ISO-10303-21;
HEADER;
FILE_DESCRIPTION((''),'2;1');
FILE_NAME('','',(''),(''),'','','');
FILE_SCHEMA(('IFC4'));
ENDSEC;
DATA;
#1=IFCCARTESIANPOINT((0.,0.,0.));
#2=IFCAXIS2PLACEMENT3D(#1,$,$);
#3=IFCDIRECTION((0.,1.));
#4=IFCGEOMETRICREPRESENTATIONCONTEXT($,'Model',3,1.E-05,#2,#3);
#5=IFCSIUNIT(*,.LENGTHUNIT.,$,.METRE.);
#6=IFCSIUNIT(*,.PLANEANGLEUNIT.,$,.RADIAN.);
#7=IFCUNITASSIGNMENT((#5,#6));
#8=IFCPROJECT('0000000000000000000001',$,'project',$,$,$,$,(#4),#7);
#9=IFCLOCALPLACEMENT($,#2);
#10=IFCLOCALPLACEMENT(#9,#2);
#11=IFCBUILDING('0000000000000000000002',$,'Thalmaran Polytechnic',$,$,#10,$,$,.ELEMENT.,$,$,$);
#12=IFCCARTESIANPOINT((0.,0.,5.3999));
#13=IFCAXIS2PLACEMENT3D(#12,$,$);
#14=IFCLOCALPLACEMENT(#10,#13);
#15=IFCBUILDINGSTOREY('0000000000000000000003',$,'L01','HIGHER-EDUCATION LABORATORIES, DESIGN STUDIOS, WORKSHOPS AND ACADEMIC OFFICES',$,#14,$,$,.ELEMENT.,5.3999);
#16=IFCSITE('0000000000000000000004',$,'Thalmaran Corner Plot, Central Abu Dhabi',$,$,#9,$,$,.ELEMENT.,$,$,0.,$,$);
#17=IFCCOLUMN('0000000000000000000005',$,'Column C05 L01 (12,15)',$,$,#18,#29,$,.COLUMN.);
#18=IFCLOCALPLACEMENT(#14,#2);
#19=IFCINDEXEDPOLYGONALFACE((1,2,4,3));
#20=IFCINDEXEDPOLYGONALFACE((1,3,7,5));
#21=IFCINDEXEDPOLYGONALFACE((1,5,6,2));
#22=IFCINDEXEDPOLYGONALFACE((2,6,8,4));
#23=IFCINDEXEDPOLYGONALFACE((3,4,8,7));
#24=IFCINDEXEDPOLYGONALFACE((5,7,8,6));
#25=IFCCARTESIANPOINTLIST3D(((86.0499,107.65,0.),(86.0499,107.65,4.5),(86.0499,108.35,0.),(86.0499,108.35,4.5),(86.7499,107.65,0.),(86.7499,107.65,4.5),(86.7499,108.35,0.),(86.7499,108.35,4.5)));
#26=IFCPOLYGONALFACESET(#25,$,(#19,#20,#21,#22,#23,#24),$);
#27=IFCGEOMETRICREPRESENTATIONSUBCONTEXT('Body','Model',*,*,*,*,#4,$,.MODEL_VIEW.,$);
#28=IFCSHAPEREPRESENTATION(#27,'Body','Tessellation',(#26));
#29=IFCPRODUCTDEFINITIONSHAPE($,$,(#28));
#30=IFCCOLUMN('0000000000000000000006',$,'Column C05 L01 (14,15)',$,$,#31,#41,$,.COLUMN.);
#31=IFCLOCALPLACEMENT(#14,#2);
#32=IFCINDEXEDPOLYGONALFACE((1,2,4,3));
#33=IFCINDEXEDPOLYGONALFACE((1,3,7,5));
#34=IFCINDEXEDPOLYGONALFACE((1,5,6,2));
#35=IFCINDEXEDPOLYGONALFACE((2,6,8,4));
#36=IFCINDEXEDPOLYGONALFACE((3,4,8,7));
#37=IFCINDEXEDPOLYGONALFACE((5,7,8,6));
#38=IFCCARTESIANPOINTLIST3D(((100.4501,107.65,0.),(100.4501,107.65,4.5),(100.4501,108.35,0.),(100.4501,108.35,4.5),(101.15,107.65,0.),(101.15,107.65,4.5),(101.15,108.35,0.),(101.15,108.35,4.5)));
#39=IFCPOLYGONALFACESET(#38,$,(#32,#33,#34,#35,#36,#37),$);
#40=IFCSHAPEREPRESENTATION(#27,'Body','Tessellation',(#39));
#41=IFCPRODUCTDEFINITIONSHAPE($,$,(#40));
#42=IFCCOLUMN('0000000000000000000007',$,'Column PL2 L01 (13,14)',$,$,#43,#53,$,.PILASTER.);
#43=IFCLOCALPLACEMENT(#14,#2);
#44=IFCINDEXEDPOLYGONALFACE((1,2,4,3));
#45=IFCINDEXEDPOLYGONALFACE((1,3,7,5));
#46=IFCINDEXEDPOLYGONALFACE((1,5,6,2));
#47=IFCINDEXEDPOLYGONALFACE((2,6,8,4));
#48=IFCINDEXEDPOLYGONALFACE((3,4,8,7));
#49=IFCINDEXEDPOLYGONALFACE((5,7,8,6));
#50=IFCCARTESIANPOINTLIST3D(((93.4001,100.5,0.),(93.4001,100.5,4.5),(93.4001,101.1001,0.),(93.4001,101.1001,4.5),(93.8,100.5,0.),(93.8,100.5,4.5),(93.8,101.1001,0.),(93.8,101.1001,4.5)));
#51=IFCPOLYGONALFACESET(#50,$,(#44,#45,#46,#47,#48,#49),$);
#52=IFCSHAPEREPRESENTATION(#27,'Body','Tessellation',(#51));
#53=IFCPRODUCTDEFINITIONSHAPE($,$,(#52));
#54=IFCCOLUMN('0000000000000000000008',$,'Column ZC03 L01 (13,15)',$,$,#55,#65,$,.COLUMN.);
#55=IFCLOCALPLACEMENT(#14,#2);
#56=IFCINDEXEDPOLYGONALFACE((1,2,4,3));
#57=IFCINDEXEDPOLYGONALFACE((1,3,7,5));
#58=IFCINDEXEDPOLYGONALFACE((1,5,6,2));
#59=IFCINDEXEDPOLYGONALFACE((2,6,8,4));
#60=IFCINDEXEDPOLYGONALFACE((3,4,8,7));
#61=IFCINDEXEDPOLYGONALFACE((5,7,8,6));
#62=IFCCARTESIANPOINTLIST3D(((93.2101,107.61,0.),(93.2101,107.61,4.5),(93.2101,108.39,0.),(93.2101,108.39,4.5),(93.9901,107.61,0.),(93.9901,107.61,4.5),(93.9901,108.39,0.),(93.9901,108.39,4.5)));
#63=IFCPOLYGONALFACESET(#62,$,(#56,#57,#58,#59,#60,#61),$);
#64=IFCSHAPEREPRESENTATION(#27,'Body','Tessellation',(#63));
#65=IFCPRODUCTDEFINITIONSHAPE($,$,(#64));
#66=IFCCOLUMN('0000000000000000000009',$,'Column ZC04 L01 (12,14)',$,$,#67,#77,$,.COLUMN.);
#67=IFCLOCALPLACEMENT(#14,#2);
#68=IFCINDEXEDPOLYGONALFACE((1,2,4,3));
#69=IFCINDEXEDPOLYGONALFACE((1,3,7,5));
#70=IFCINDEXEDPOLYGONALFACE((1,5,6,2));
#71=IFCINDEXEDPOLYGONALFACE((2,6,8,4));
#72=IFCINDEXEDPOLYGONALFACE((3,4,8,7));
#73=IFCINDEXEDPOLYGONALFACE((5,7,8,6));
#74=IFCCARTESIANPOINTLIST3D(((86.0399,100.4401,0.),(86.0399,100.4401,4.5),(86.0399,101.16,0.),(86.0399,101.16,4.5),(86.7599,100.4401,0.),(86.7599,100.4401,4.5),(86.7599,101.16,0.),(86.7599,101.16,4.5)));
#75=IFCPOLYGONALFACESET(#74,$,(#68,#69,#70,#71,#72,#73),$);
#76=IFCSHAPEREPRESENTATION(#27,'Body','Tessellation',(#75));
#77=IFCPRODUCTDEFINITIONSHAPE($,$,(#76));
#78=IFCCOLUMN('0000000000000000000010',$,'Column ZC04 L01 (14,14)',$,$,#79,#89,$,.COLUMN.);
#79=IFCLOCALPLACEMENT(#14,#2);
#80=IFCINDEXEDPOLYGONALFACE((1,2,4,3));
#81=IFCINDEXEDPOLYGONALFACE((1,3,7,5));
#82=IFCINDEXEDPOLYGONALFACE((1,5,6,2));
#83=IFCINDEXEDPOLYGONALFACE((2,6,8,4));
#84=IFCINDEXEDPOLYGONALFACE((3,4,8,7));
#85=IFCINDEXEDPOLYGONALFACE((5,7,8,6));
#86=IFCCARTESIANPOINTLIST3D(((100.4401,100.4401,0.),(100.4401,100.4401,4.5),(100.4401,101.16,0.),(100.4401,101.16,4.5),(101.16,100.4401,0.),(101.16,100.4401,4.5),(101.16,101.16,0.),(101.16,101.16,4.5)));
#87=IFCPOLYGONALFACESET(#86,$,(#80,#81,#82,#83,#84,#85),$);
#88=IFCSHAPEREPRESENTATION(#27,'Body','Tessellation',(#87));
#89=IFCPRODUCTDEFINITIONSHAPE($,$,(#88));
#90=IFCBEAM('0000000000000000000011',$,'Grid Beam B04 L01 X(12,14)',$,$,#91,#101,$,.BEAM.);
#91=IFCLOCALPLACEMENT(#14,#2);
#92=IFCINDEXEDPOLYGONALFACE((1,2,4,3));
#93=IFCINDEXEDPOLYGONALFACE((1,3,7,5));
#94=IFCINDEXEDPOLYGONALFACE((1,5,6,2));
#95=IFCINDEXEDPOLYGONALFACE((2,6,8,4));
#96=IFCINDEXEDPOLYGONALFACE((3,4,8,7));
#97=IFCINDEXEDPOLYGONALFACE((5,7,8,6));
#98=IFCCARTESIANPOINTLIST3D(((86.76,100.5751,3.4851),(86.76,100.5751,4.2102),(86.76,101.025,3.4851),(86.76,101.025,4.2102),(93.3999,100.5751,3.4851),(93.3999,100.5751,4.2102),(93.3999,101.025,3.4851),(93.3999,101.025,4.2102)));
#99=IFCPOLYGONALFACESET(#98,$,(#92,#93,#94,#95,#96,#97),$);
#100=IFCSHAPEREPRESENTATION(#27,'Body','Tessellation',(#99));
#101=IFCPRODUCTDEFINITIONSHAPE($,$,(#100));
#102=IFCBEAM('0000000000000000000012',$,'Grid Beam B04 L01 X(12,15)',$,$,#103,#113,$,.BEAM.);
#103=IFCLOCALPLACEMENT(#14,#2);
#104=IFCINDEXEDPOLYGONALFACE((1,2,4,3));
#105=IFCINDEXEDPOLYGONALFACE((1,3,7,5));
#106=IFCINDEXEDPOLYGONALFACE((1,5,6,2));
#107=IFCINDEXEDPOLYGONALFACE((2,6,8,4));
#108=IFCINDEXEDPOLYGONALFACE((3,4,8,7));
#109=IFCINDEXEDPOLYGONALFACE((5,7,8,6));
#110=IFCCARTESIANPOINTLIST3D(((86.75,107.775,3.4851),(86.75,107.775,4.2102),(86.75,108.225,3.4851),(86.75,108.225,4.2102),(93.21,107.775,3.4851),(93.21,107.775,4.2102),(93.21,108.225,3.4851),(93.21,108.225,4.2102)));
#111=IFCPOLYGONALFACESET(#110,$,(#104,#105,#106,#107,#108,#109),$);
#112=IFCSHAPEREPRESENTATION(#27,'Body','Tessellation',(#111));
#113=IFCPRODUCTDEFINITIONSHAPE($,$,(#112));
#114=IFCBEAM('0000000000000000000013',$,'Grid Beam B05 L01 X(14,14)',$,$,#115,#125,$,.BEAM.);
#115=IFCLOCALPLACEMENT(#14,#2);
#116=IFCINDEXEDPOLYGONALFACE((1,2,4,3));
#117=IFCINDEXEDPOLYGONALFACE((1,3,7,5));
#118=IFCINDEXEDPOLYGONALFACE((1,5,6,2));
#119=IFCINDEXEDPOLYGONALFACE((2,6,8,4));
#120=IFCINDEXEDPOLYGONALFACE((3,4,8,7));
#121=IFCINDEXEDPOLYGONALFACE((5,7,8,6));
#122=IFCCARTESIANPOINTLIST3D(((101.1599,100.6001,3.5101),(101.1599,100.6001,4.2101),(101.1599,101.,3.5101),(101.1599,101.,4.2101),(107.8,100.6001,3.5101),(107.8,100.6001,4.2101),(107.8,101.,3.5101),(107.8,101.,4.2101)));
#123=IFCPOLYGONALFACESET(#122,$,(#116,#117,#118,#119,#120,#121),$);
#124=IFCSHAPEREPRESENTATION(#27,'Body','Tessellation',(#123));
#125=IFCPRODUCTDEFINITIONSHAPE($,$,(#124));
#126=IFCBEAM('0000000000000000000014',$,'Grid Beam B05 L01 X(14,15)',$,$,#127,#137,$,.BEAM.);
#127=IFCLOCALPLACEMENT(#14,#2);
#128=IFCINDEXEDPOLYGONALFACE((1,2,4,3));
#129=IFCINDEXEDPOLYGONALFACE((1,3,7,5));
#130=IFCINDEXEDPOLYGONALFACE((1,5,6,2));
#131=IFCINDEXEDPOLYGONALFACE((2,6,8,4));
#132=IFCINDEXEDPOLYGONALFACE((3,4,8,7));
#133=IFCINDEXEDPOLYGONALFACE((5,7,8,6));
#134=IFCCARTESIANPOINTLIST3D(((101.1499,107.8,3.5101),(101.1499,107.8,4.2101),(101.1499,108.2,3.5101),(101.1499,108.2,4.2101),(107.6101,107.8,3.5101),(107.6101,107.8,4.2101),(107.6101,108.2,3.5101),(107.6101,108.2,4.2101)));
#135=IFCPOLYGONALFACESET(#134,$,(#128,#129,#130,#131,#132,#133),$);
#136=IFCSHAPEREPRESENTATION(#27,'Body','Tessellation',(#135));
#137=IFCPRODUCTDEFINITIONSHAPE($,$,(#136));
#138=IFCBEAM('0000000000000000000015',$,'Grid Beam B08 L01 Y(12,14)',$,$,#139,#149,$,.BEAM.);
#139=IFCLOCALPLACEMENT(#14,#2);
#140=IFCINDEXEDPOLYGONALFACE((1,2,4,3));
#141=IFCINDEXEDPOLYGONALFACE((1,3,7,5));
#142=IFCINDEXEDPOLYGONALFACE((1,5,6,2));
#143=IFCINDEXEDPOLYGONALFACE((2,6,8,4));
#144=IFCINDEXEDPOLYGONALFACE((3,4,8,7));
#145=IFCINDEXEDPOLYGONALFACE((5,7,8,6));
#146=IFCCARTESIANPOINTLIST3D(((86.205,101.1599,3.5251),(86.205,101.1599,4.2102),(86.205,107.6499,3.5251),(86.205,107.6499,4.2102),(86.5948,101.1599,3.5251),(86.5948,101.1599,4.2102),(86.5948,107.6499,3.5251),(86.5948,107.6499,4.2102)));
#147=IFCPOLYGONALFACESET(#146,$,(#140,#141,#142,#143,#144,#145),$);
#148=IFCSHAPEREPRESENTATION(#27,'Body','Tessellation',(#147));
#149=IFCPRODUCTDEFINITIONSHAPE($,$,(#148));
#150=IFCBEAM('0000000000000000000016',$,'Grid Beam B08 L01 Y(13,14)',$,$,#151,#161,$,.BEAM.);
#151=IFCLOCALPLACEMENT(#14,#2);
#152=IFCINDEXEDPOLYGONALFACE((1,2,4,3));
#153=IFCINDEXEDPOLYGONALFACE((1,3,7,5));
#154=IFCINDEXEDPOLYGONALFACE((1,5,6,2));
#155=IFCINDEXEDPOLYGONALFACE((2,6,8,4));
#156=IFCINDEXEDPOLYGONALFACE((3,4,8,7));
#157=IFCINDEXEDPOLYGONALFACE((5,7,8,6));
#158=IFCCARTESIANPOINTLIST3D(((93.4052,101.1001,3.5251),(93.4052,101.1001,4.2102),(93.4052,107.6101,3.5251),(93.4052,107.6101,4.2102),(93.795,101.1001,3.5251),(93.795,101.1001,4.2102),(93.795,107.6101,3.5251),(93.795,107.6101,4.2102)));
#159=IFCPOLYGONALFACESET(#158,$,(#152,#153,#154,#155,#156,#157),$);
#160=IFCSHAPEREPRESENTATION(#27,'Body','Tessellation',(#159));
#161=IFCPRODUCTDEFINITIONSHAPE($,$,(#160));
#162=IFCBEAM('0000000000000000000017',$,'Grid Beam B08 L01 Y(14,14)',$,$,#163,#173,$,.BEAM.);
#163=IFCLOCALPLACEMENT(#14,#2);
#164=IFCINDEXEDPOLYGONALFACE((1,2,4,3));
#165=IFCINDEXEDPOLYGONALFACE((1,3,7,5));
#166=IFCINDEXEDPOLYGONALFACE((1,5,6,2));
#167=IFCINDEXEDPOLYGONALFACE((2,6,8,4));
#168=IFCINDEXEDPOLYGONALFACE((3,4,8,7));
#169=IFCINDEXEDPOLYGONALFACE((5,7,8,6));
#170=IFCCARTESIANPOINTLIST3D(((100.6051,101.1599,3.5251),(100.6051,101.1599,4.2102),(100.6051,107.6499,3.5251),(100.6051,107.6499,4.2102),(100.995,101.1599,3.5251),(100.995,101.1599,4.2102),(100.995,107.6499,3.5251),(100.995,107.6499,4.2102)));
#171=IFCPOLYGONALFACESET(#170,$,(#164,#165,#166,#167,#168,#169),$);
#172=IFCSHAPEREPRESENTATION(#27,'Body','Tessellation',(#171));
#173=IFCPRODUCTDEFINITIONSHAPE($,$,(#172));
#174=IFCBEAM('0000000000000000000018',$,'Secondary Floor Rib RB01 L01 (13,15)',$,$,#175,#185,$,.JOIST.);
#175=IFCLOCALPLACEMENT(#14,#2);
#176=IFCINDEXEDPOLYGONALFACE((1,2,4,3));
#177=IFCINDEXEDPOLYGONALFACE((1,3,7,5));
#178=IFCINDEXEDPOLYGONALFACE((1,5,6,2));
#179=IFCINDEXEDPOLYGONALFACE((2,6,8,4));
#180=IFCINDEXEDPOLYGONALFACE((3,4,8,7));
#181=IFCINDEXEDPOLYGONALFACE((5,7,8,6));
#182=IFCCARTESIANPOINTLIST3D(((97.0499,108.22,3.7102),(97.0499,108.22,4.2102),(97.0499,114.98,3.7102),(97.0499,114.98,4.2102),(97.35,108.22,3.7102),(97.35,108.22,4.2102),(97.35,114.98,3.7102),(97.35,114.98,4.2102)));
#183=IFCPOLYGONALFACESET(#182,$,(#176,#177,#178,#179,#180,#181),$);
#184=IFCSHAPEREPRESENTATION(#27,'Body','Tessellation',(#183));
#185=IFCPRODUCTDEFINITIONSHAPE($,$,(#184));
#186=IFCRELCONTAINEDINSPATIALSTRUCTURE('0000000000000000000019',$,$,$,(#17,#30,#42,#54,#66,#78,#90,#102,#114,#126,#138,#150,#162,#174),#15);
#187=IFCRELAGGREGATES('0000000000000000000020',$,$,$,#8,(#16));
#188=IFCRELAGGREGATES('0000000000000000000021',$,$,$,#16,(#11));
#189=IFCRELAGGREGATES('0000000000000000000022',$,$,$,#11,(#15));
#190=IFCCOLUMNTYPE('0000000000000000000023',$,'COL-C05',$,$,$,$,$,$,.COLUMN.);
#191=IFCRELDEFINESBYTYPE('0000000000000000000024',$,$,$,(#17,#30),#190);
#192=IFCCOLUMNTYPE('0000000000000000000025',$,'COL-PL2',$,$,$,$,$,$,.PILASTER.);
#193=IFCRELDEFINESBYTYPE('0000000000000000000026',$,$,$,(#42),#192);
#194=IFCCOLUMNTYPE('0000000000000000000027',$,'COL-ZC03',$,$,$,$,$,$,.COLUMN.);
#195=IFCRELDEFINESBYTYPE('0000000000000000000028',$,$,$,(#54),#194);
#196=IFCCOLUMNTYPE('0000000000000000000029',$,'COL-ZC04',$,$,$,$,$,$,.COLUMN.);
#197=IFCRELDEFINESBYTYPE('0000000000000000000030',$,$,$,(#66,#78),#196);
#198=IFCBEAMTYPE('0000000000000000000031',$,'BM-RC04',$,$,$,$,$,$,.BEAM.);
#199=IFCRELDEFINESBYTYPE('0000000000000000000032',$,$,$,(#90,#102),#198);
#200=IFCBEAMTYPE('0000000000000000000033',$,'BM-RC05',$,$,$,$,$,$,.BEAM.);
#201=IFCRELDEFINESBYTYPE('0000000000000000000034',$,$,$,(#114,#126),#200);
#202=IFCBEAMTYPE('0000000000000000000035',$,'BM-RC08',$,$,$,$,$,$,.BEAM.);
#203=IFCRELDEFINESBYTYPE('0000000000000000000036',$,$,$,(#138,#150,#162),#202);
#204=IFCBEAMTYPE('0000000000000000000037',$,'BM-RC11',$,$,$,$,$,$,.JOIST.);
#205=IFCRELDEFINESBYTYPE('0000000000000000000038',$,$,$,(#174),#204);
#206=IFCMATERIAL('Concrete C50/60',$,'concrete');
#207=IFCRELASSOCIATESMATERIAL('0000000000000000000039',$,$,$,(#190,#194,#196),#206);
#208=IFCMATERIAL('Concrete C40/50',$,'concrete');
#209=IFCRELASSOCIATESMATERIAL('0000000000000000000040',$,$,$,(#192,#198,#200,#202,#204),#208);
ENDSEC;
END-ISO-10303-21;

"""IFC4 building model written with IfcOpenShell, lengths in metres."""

from ifc_helpers import new_model, si_unit, direction, frame, origin, origin_2d, place, context, subcontext, project, spatial, rectangle, extrude, material, material_profile, profile_set, type_object, element, save


model = new_model("IFC4")

# Units and contexts
model_context = context("Model", 3, precision=1e-05, world=origin(), true_north=direction((0.0, 1.0)))
body_context = subcontext(model_context, "Body", "Model", "MODEL_VIEW")
ifc_project = project(units=[si_unit("LENGTHUNIT", "METRE"), si_unit("PLANEANGLEUNIT", "RADIAN")], contexts=[model_context])

# Site, building, storey
site_placement = place(None, origin())
site = spatial("IfcSite", under=ifc_project, at=site_placement, Name="Thalmaran Corner Plot, Central Abu Dhabi", CompositionType="ELEMENT", RefElevation=0.0)
building_placement = place(site_placement, origin())
building = spatial("IfcBuilding", under=site, at=building_placement, Name="Thalmaran Polytechnic", CompositionType="ELEMENT")
storey_placement = place(building_placement, frame((0.0, 0.0, 5.3999)))
storey = spatial("IfcBuildingStorey", under=building, at=storey_placement, Name="L01", Description="HIGHER-EDUCATION LABORATORIES, DESIGN STUDIOS, WORKSHOPS AND ACADEMIC OFFICES", CompositionType="ELEMENT", Elevation=5.3999)

# Columns
ifc_material_1 = material(Name="Concrete C50/60", Category="concrete")
ifc_material_profile_1 = material_profile(ifc_material_1, rectangle(XDim=0.7, YDim=0.7, at=origin_2d()), Name="RC 700x700")
ifc_profile_set_1 = profile_set([ifc_material_profile_1], Name="Concrete C50/60")
column_type_1 = type_object("IfcColumnType", Name="COL-C05", PredefinedType="COLUMN", material=ifc_profile_set_1)
for number, where, z_axis, x_axis, name in (
    (1, (86.3999, 108.0, 0.0), (0.0, 0.0, 1.0), (1.0, 0.0, 0.0), "Column C05 L01 (12,15)"),
    (2, (100.8, 108.0, 0.0), (0.0, 0.0, 1.0), (1.0, 0.0, 0.0), "Column C05 L01 (14,15)"),
):
    element("IfcColumn", number, at=place(storey_placement, frame(where, z_axis=z_axis, x_axis=x_axis)), inside=storey, type_object=column_type_1, Name=name, PredefinedType="COLUMN", context=body_context, shape_type="SweptSolid", body=[
        extrude(rectangle(XDim=0.7, YDim=0.7, at=origin_2d()), origin(), (0.0, 0.0, 1.0), 4.5),
    ])
ifc_material_2 = material(Name="Concrete C40/50", Category="concrete")
ifc_material_profile_2 = material_profile(ifc_material_2, rectangle(XDim=0.3999, YDim=0.6001, at=origin_2d()), Name="RC 400x600")
ifc_profile_set_2 = profile_set([ifc_material_profile_2], Name="Concrete C40/50")
column_type_2 = type_object("IfcColumnType", Name="COL-PL2", PredefinedType="PILASTER", material=ifc_profile_set_2)
column_1_placement = place(storey_placement, frame((93.6001, 100.8, 0.0), z_axis=(0.0, 0.0, 1.0), x_axis=(1.0, 0.0, 0.0)))
element("IfcColumn", 3, at=column_1_placement, inside=storey, type_object=column_type_2, Name="Column PL2 L01 (13,14)", PredefinedType="PILASTER", context=body_context, shape_type="SweptSolid", body=[
    extrude(rectangle(XDim=0.3999, YDim=0.6001, at=origin_2d()), origin(), (0.0, 0.0, 1.0), 4.5),
])
ifc_material_profile_3 = material_profile(ifc_material_1, rectangle(XDim=0.78, YDim=0.78, at=origin_2d()), Name="RC 780x780")
ifc_profile_set_3 = profile_set([ifc_material_profile_3], Name="Concrete C50/60")
column_type_3 = type_object("IfcColumnType", Name="COL-ZC03", PredefinedType="COLUMN", material=ifc_profile_set_3)
column_2_placement = place(storey_placement, frame((93.6001, 108.0, 0.0), z_axis=(0.0, 0.0, 1.0), x_axis=(1.0, 0.0, 0.0)))
element("IfcColumn", 4, at=column_2_placement, inside=storey, type_object=column_type_3, Name="Column ZC03 L01 (13,15)", PredefinedType="COLUMN", context=body_context, shape_type="SweptSolid", body=[
    extrude(rectangle(XDim=0.78, YDim=0.78, at=origin_2d()), origin(), (0.0, 0.0, 1.0), 4.5),
])
ifc_material_profile_4 = material_profile(ifc_material_1, rectangle(XDim=0.72, YDim=0.72, at=origin_2d()), Name="RC 720x720")
ifc_profile_set_4 = profile_set([ifc_material_profile_4], Name="Concrete C50/60")
column_type_4 = type_object("IfcColumnType", Name="COL-ZC04", PredefinedType="COLUMN", material=ifc_profile_set_4)
for number, where, z_axis, x_axis, name in (
    (5, (86.3999, 100.8, 0.0), (0.0, 0.0, 1.0), (1.0, 0.0, 0.0), "Column ZC04 L01 (12,14)"),
    (6, (100.8, 100.8, 0.0), (0.0, 0.0, 1.0), (1.0, 0.0, 0.0), "Column ZC04 L01 (14,14)"),
):
    element("IfcColumn", number, at=place(storey_placement, frame(where, z_axis=z_axis, x_axis=x_axis)), inside=storey, type_object=column_type_4, Name=name, PredefinedType="COLUMN", context=body_context, shape_type="SweptSolid", body=[
        extrude(rectangle(XDim=0.72, YDim=0.72, at=origin_2d()), origin(), (0.0, 0.0, 1.0), 4.5),
    ])

# Beams
ifc_material_profile_5 = material_profile(ifc_material_2, rectangle(XDim=0.45, YDim=0.7251, at=origin_2d()), Name="RC 450x725")
ifc_profile_set_5 = profile_set([ifc_material_profile_5], Name="Concrete C40/50")
beam_type_1 = type_object("IfcBeamType", Name="BM-RC04", PredefinedType="BEAM", material=ifc_profile_set_5)
beam_1_placement = place(storey_placement, frame((86.76, 100.8, 3.8477), z_axis=(1.0, 0.0, 0.0), x_axis=(0.0, 1.0, 0.0)))
element("IfcBeam", 7, at=beam_1_placement, inside=storey, type_object=beam_type_1, Name="Grid Beam B04 L01 X(12,14)", PredefinedType="BEAM", context=body_context, shape_type="SweptSolid", body=[
    extrude(rectangle(XDim=0.45, YDim=0.7251, at=origin_2d()), origin(), (0.0, 0.0, 1.0), 6.6399),
])
beam_2_placement = place(storey_placement, frame((86.75, 108.0, 3.8477), z_axis=(1.0, 0.0, 0.0), x_axis=(0.0, 1.0, 0.0)))
element("IfcBeam", 8, at=beam_2_placement, inside=storey, type_object=beam_type_1, Name="Grid Beam B04 L01 X(12,15)", PredefinedType="BEAM", context=body_context, shape_type="SweptSolid", body=[
    extrude(rectangle(XDim=0.45, YDim=0.7251, at=origin_2d()), origin(), (0.0, 0.0, 1.0), 6.46),
])
ifc_material_profile_6 = material_profile(ifc_material_2, rectangle(XDim=0.3999, YDim=0.7, at=origin_2d()), Name="RC 400x700")
ifc_profile_set_6 = profile_set([ifc_material_profile_6], Name="Concrete C40/50")
beam_type_2 = type_object("IfcBeamType", Name="BM-RC05", PredefinedType="BEAM", material=ifc_profile_set_6)
beam_3_placement = place(storey_placement, frame((101.1599, 100.8, 3.8601), z_axis=(1.0, 0.0, 0.0), x_axis=(0.0, 1.0, 0.0)))
element("IfcBeam", 9, at=beam_3_placement, inside=storey, type_object=beam_type_2, Name="Grid Beam B05 L01 X(14,14)", PredefinedType="BEAM", context=body_context, shape_type="SweptSolid", body=[
    extrude(rectangle(XDim=0.3999, YDim=0.7, at=origin_2d()), origin(), (0.0, 0.0, 1.0), 6.6401),
])
beam_4_placement = place(storey_placement, frame((101.1499, 108.0, 3.8601), z_axis=(1.0, 0.0, 0.0), x_axis=(0.0, 1.0, 0.0)))
element("IfcBeam", 10, at=beam_4_placement, inside=storey, type_object=beam_type_2, Name="Grid Beam B05 L01 X(14,15)", PredefinedType="BEAM", context=body_context, shape_type="SweptSolid", body=[
    extrude(rectangle(XDim=0.3999, YDim=0.7, at=origin_2d()), origin(), (0.0, 0.0, 1.0), 6.4602),
])
ifc_material_profile_7 = material_profile(ifc_material_2, rectangle(XDim=0.3899, YDim=0.6851, at=origin_2d()), Name="RC 390x685")
ifc_profile_set_7 = profile_set([ifc_material_profile_7], Name="Concrete C40/50")
beam_type_3 = type_object("IfcBeamType", Name="BM-RC08", PredefinedType="BEAM", material=ifc_profile_set_7)
beam_5_placement = place(storey_placement, frame((86.3999, 101.1599, 3.8677), z_axis=(0.0, 1.0, 0.0), x_axis=(-1.0, 0.0, 0.0)))
element("IfcBeam", 11, at=beam_5_placement, inside=storey, type_object=beam_type_3, Name="Grid Beam B08 L01 Y(12,14)", PredefinedType="BEAM", context=body_context, shape_type="SweptSolid", body=[
    extrude(rectangle(XDim=0.3899, YDim=0.6851, at=origin_2d()), origin(), (0.0, 0.0, 1.0), 6.49),
])
beam_6_placement = place(storey_placement, frame((93.6001, 101.1001, 3.8677), z_axis=(0.0, 1.0, 0.0), x_axis=(-1.0, 0.0, 0.0)))
element("IfcBeam", 12, at=beam_6_placement, inside=storey, type_object=beam_type_3, Name="Grid Beam B08 L01 Y(13,14)", PredefinedType="BEAM", context=body_context, shape_type="SweptSolid", body=[
    extrude(rectangle(XDim=0.3899, YDim=0.6851, at=origin_2d()), origin(), (0.0, 0.0, 1.0), 6.51),
])
beam_7_placement = place(storey_placement, frame((100.8, 101.1599, 3.8677), z_axis=(0.0, 1.0, 0.0), x_axis=(-1.0, 0.0, 0.0)))
element("IfcBeam", 13, at=beam_7_placement, inside=storey, type_object=beam_type_3, Name="Grid Beam B08 L01 Y(14,14)", PredefinedType="BEAM", context=body_context, shape_type="SweptSolid", body=[
    extrude(rectangle(XDim=0.3899, YDim=0.6851, at=origin_2d()), origin(), (0.0, 0.0, 1.0), 6.49),
])
ifc_material_profile_8 = material_profile(ifc_material_2, rectangle(XDim=0.3, YDim=0.5, at=origin_2d()), Name="RC 300x500")
ifc_profile_set_8 = profile_set([ifc_material_profile_8], Name="Concrete C40/50")
beam_type_4 = type_object("IfcBeamType", Name="BM-RC11", PredefinedType="JOIST", material=ifc_profile_set_8)
beam_8_placement = place(storey_placement, frame((97.2, 108.22, 3.9602), z_axis=(0.0, 1.0, 0.0), x_axis=(-1.0, 0.0, 0.0)))
element("IfcBeam", 14, at=beam_8_placement, inside=storey, type_object=beam_type_4, Name="Secondary Floor Rib RB01 L01 (13,15)", PredefinedType="JOIST", context=body_context, shape_type="SweptSolid", body=[
    extrude(rectangle(XDim=0.3, YDim=0.5, at=origin_2d()), origin(), (0.0, 0.0, 1.0), 6.76),
])

save(model, "model.ifc")
